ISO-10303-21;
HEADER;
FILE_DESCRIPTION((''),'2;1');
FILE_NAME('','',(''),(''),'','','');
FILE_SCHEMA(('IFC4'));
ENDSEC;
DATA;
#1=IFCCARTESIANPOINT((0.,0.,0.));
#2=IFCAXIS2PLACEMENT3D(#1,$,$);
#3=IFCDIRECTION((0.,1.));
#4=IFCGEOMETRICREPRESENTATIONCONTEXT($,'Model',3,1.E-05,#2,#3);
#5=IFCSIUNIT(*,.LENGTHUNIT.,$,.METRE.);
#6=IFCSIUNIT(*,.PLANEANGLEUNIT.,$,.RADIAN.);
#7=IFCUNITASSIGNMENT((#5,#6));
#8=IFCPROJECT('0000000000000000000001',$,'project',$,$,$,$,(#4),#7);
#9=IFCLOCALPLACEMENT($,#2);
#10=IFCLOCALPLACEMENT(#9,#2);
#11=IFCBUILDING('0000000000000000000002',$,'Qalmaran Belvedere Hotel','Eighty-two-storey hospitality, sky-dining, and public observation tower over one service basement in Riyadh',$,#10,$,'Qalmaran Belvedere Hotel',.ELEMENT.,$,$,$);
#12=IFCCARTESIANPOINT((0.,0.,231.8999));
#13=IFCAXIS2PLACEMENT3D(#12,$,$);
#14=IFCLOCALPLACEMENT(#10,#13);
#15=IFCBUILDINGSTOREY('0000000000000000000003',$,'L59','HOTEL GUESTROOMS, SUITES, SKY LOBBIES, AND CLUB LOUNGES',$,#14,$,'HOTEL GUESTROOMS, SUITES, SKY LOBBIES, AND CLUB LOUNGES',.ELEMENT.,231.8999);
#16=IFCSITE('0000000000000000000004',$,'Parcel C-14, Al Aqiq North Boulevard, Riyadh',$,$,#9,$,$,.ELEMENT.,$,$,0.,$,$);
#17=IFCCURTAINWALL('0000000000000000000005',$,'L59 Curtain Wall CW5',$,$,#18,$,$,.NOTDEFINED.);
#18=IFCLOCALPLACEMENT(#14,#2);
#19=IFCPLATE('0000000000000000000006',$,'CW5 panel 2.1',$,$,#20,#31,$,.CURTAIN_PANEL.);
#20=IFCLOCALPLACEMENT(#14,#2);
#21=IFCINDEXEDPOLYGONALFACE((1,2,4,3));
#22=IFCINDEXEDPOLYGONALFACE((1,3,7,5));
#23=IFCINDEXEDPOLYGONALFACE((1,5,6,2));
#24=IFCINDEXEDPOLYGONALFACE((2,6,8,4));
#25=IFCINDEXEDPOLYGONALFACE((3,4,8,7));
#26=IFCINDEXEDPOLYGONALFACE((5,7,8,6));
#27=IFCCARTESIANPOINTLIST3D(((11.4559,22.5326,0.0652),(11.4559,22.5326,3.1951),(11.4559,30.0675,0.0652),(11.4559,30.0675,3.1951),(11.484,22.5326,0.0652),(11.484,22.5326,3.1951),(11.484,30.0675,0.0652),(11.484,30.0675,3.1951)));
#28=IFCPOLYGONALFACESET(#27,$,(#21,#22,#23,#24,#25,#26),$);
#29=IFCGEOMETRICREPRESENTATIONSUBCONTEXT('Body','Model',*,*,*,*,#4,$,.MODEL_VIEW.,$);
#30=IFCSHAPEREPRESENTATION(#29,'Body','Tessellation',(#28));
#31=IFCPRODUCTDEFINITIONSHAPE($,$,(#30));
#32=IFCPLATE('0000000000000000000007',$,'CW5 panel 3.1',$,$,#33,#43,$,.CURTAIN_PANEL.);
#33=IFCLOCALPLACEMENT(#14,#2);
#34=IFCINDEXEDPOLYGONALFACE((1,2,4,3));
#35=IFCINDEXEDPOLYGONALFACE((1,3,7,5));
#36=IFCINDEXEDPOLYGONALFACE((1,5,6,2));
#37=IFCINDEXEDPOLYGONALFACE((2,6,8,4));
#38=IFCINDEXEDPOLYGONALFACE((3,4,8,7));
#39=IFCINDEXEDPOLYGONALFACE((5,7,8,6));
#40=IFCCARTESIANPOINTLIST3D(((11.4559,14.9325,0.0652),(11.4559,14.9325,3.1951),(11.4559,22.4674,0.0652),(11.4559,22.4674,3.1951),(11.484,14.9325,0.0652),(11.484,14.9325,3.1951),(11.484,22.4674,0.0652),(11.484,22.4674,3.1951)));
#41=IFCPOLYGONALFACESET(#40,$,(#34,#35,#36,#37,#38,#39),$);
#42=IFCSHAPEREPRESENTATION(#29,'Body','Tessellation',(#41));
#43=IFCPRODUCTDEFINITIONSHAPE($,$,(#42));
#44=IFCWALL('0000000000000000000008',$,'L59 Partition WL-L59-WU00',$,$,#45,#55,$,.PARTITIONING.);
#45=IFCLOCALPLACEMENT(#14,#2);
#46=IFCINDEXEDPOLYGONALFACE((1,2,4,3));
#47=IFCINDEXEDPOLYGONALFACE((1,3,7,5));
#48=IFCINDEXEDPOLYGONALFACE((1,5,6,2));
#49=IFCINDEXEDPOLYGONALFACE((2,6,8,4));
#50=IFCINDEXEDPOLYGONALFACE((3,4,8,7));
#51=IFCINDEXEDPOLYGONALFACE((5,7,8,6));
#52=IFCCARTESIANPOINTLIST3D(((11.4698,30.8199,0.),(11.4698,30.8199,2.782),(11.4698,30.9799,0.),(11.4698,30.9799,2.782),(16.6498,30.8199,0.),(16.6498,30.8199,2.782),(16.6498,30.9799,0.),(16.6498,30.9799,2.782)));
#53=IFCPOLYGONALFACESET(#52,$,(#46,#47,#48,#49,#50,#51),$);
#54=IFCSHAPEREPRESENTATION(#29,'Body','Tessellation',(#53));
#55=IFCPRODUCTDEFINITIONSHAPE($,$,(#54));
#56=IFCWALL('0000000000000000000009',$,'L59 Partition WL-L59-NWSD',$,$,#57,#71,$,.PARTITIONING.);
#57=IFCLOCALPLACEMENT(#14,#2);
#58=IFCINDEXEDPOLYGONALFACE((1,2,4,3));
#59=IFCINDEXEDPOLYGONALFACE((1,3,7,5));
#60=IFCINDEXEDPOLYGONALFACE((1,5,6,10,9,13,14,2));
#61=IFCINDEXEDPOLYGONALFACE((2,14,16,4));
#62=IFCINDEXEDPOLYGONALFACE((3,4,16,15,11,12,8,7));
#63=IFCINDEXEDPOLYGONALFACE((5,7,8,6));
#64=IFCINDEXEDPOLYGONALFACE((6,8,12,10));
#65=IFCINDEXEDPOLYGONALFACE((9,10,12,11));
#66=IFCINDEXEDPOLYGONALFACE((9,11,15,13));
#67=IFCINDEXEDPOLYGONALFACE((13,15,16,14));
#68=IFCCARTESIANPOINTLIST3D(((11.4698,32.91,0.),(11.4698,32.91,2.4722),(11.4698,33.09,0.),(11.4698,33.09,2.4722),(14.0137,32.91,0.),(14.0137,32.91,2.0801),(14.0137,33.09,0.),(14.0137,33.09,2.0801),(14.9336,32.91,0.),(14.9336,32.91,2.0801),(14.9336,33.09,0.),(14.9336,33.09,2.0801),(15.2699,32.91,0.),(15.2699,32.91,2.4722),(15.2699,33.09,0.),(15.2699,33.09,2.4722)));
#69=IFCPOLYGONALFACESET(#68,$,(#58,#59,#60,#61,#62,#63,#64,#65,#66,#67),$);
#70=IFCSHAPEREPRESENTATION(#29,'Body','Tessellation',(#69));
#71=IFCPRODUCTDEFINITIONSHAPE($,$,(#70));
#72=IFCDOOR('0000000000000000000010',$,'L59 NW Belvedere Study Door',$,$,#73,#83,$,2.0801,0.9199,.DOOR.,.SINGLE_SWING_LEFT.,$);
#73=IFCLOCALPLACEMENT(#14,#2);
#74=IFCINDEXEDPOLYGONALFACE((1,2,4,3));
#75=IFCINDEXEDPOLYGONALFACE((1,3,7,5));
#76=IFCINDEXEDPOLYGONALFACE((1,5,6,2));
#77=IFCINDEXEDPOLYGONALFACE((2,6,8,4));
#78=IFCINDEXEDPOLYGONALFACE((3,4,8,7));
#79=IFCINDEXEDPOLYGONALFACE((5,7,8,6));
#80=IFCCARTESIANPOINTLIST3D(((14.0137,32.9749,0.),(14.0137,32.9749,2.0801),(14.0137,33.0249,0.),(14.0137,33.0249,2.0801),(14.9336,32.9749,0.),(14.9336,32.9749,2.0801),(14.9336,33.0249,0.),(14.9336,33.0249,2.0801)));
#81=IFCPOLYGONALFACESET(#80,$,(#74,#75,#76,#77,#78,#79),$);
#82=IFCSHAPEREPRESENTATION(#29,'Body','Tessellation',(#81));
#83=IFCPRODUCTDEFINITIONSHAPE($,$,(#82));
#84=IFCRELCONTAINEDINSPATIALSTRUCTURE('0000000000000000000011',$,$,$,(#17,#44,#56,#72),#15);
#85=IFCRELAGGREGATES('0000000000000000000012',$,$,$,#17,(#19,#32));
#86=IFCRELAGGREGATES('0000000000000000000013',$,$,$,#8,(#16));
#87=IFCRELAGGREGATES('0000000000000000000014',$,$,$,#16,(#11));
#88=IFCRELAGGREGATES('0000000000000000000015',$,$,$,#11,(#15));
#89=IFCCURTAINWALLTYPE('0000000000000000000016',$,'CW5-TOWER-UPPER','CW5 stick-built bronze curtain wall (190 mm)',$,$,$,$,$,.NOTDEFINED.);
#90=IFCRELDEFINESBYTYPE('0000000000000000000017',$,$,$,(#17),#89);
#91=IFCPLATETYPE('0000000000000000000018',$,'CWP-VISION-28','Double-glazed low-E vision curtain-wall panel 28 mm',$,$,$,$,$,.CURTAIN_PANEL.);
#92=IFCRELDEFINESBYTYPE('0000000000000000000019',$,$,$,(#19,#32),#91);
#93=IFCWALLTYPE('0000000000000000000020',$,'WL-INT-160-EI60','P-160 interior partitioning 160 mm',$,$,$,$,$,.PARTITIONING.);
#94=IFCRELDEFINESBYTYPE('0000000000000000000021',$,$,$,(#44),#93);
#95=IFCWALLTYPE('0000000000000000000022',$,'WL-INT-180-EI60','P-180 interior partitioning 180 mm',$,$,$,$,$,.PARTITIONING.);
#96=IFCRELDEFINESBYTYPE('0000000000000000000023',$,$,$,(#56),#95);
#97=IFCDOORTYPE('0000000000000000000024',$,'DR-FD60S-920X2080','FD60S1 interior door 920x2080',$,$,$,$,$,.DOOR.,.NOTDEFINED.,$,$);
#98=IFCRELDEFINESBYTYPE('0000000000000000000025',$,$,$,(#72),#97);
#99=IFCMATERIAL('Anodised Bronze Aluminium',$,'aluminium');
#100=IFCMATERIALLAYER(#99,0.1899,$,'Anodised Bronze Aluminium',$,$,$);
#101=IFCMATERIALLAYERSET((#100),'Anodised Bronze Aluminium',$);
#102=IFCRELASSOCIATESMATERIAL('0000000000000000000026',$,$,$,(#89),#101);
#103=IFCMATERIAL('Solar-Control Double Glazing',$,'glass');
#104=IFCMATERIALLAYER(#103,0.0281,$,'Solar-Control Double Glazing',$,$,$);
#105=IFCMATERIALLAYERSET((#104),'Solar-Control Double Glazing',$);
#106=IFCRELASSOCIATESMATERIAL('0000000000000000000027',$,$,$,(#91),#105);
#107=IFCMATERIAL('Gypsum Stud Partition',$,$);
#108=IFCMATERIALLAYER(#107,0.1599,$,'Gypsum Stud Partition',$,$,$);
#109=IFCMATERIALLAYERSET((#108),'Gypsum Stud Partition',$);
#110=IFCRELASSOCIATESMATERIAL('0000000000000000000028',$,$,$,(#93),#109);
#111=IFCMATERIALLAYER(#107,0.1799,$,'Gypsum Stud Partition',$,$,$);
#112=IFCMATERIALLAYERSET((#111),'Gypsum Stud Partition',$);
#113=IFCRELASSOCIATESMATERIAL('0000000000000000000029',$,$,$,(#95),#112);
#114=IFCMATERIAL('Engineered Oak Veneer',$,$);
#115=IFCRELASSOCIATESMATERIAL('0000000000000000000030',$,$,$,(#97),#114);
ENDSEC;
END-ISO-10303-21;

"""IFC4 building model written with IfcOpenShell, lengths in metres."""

from ifc_helpers import new_model, si_unit, direction, frame, frame_2d, origin, origin_2d, place, context, subcontext, project, spatial, rectangle, extrude, material, layer, layer_set, type_object, element, fill, aggregate, save


model = new_model("IFC4")

# Units and contexts
model_context = context("Model", 3, precision=1e-05, world=origin(), true_north=direction((0.0, 1.0)))
body_context = subcontext(model_context, "Body", "Model", "MODEL_VIEW")
ifc_project = project(units=[si_unit("LENGTHUNIT", "METRE"), si_unit("PLANEANGLEUNIT", "RADIAN")], contexts=[model_context])

# Site, building, storey
site_placement = place(None, origin())
site = spatial("IfcSite", under=ifc_project, at=site_placement, Name="Parcel C-14, Al Aqiq North Boulevard, Riyadh", CompositionType="ELEMENT", RefElevation=0.0)
building_placement = place(site_placement, origin())
building = spatial("IfcBuilding", under=site, at=building_placement, Name="Qalmaran Belvedere Hotel", Description="Eighty-two-storey hospitality, sky-dining, and public observation tower over one service basement in Riyadh", LongName="Qalmaran Belvedere Hotel", CompositionType="ELEMENT")
storey_placement = place(building_placement, frame((0.0, 0.0, 231.8999)))
storey = spatial("IfcBuildingStorey", under=building, at=storey_placement, Name="L59", Description="HOTEL GUESTROOMS, SUITES, SKY LOBBIES, AND CLUB LOUNGES", LongName="HOTEL GUESTROOMS, SUITES, SKY LOBBIES, AND CLUB LOUNGES", CompositionType="ELEMENT", Elevation=231.8999)

# Curtain wall, plates
ifc_material_1 = material(Name="Anodised Bronze Aluminium", Category="aluminium")
ifc_layer_1 = layer(ifc_material_1, 0.1899, Name="Anodised Bronze Aluminium")
ifc_layer_set_1 = layer_set([ifc_layer_1], Name="Anodised Bronze Aluminium")
curtain_wall_type = type_object("IfcCurtainWallType", Name="CW5-TOWER-UPPER", Description="CW5 stick-built bronze curtain wall (190 mm)", PredefinedType="NOTDEFINED", material=ifc_layer_set_1)
curtain_wall_placement = place(storey_placement, origin())
curtain_wall = element("IfcCurtainWall", 1, at=curtain_wall_placement, inside=storey, type_object=curtain_wall_type, Name="L59 Curtain Wall CW5", PredefinedType="NOTDEFINED")
ifc_material_2 = material(Name="Solar-Control Double Glazing", Category="glass")
ifc_layer_2 = layer(ifc_material_2, 0.0281, Name="Solar-Control Double Glazing")
ifc_layer_set_2 = layer_set([ifc_layer_2], Name="Solar-Control Double Glazing")
plate_type = type_object("IfcPlateType", Name="CWP-VISION-28", Description="Double-glazed low-E vision curtain-wall panel 28 mm", PredefinedType="CURTAIN_PANEL", material=ifc_layer_set_2)
plate_1_placement = place(storey_placement, frame((11.47, 26.3, 0.0652), z_axis=(0.0, 0.0, 1.0), x_axis=(0.0, -1.0, 0.0)))
plate_1 = element("IfcPlate", 2, at=plate_1_placement, type_object=plate_type, Name="CW5 panel 2.1", PredefinedType="CURTAIN_PANEL", context=body_context, shape_type="SweptSolid", body=[
    extrude(rectangle(XDim=7.5349, YDim=0.0281, at=origin_2d()), origin(), (0.0, 0.0, 1.0), 3.1299),
])
plate_2_placement = place(storey_placement, frame((11.47, 18.7, 0.0652), z_axis=(0.0, 0.0, 1.0), x_axis=(0.0, -1.0, 0.0)))
plate_2 = element("IfcPlate", 3, at=plate_2_placement, type_object=plate_type, Name="CW5 panel 3.1", PredefinedType="CURTAIN_PANEL", context=body_context, shape_type="SweptSolid", body=[
    extrude(rectangle(XDim=7.5349, YDim=0.0281, at=origin_2d()), origin(), (0.0, 0.0, 1.0), 3.1299),
])
aggregate(curtain_wall, [plate_1, plate_2])

# Wall
ifc_material_3 = material(Name="Gypsum Stud Partition")
ifc_layer_3 = layer(ifc_material_3, 0.1599, Name="Gypsum Stud Partition")
ifc_layer_set_3 = layer_set([ifc_layer_3], Name="Gypsum Stud Partition")
wall_type_1 = type_object("IfcWallType", Name="WL-INT-160-EI60", Description="P-160 interior partitioning 160 mm", PredefinedType="PARTITIONING", material=ifc_layer_set_3)
wall_1_placement = place(storey_placement, frame((11.47, 30.8999, 0.0), z_axis=(0.0, 0.0, 1.0), x_axis=(1.0, 0.0, 0.0)))
element("IfcWall", 4, at=wall_1_placement, inside=storey, type_object=wall_type_1, Name="L59 Partition WL-L59-WU00", PredefinedType="PARTITIONING", context=body_context, shape_type="SweptSolid", body=[
    extrude(rectangle(XDim=5.1799, YDim=0.1599, at=frame_2d((2.5898, 0.0))), origin(), (0.0, 0.0, 1.0), 2.782),
])

# Wall, opening, door
ifc_layer_4 = layer(ifc_material_3, 0.1799, Name="Gypsum Stud Partition")
ifc_layer_set_4 = layer_set([ifc_layer_4], Name="Gypsum Stud Partition")
wall_type_2 = type_object("IfcWallType", Name="WL-INT-180-EI60", Description="P-180 interior partitioning 180 mm", PredefinedType="PARTITIONING", material=ifc_layer_set_4)
wall_2_placement = place(storey_placement, frame((11.47, 33.0, 0.0), z_axis=(0.0, 0.0, 1.0), x_axis=(1.0, 0.0, 0.0)))
wall_2 = element("IfcWall", 5, at=wall_2_placement, inside=storey, type_object=wall_type_2, Name="L59 Partition WL-L59-NWSD", PredefinedType="PARTITIONING", context=body_context, shape_type="SweptSolid", body=[
    extrude(rectangle(XDim=3.8, YDim=0.1799, at=frame_2d((1.8999, 0.0))), origin(), (0.0, 0.0, 1.0), 2.4722),
])
opening_placement = place(wall_2_placement, frame((2.5437, 0.0, 0.0)))
opening = element("IfcOpeningElement", 6, at=opening_placement, cuts=wall_2, PredefinedType="OPENING", context=body_context, shape_type="SweptSolid", body=[
    extrude(rectangle(XDim=0.9199, YDim=2.0801, at=frame_2d((0.46, 1.04))), frame((0.0, 0.1001, 0.0), z_axis=(0.0, -1.0, 0.0), x_axis=(1.0, 0.0, 0.0)), (0.0, 0.0, 1.0), 0.2),
])
ifc_material_4 = material(Name="Engineered Oak Veneer")
door_type = type_object("IfcDoorType", Name="DR-FD60S-920X2080", Description="FD60S1 interior door 920x2080", OperationType="NOTDEFINED", PredefinedType="DOOR", material=ifc_material_4)
door_placement = place(opening_placement, origin())
door = element("IfcDoor", 7, at=door_placement, inside=storey, type_object=door_type, Name="L59 NW Belvedere Study Door", OperationType="SINGLE_SWING_LEFT", OverallHeight=2.0801, OverallWidth=0.9199, PredefinedType="DOOR", context=body_context, shape_type="SweptSolid", body=[
    extrude(rectangle(XDim=0.9199, YDim=2.0801, at=frame_2d((0.46, 1.04))), frame((0.0, 0.0249, 0.0), z_axis=(0.0, -1.0, 0.0), x_axis=(1.0, 0.0, 0.0)), (0.0, 0.0, 1.0), 0.05),
])
fill(opening, door)

save(model, "model.ifc")
